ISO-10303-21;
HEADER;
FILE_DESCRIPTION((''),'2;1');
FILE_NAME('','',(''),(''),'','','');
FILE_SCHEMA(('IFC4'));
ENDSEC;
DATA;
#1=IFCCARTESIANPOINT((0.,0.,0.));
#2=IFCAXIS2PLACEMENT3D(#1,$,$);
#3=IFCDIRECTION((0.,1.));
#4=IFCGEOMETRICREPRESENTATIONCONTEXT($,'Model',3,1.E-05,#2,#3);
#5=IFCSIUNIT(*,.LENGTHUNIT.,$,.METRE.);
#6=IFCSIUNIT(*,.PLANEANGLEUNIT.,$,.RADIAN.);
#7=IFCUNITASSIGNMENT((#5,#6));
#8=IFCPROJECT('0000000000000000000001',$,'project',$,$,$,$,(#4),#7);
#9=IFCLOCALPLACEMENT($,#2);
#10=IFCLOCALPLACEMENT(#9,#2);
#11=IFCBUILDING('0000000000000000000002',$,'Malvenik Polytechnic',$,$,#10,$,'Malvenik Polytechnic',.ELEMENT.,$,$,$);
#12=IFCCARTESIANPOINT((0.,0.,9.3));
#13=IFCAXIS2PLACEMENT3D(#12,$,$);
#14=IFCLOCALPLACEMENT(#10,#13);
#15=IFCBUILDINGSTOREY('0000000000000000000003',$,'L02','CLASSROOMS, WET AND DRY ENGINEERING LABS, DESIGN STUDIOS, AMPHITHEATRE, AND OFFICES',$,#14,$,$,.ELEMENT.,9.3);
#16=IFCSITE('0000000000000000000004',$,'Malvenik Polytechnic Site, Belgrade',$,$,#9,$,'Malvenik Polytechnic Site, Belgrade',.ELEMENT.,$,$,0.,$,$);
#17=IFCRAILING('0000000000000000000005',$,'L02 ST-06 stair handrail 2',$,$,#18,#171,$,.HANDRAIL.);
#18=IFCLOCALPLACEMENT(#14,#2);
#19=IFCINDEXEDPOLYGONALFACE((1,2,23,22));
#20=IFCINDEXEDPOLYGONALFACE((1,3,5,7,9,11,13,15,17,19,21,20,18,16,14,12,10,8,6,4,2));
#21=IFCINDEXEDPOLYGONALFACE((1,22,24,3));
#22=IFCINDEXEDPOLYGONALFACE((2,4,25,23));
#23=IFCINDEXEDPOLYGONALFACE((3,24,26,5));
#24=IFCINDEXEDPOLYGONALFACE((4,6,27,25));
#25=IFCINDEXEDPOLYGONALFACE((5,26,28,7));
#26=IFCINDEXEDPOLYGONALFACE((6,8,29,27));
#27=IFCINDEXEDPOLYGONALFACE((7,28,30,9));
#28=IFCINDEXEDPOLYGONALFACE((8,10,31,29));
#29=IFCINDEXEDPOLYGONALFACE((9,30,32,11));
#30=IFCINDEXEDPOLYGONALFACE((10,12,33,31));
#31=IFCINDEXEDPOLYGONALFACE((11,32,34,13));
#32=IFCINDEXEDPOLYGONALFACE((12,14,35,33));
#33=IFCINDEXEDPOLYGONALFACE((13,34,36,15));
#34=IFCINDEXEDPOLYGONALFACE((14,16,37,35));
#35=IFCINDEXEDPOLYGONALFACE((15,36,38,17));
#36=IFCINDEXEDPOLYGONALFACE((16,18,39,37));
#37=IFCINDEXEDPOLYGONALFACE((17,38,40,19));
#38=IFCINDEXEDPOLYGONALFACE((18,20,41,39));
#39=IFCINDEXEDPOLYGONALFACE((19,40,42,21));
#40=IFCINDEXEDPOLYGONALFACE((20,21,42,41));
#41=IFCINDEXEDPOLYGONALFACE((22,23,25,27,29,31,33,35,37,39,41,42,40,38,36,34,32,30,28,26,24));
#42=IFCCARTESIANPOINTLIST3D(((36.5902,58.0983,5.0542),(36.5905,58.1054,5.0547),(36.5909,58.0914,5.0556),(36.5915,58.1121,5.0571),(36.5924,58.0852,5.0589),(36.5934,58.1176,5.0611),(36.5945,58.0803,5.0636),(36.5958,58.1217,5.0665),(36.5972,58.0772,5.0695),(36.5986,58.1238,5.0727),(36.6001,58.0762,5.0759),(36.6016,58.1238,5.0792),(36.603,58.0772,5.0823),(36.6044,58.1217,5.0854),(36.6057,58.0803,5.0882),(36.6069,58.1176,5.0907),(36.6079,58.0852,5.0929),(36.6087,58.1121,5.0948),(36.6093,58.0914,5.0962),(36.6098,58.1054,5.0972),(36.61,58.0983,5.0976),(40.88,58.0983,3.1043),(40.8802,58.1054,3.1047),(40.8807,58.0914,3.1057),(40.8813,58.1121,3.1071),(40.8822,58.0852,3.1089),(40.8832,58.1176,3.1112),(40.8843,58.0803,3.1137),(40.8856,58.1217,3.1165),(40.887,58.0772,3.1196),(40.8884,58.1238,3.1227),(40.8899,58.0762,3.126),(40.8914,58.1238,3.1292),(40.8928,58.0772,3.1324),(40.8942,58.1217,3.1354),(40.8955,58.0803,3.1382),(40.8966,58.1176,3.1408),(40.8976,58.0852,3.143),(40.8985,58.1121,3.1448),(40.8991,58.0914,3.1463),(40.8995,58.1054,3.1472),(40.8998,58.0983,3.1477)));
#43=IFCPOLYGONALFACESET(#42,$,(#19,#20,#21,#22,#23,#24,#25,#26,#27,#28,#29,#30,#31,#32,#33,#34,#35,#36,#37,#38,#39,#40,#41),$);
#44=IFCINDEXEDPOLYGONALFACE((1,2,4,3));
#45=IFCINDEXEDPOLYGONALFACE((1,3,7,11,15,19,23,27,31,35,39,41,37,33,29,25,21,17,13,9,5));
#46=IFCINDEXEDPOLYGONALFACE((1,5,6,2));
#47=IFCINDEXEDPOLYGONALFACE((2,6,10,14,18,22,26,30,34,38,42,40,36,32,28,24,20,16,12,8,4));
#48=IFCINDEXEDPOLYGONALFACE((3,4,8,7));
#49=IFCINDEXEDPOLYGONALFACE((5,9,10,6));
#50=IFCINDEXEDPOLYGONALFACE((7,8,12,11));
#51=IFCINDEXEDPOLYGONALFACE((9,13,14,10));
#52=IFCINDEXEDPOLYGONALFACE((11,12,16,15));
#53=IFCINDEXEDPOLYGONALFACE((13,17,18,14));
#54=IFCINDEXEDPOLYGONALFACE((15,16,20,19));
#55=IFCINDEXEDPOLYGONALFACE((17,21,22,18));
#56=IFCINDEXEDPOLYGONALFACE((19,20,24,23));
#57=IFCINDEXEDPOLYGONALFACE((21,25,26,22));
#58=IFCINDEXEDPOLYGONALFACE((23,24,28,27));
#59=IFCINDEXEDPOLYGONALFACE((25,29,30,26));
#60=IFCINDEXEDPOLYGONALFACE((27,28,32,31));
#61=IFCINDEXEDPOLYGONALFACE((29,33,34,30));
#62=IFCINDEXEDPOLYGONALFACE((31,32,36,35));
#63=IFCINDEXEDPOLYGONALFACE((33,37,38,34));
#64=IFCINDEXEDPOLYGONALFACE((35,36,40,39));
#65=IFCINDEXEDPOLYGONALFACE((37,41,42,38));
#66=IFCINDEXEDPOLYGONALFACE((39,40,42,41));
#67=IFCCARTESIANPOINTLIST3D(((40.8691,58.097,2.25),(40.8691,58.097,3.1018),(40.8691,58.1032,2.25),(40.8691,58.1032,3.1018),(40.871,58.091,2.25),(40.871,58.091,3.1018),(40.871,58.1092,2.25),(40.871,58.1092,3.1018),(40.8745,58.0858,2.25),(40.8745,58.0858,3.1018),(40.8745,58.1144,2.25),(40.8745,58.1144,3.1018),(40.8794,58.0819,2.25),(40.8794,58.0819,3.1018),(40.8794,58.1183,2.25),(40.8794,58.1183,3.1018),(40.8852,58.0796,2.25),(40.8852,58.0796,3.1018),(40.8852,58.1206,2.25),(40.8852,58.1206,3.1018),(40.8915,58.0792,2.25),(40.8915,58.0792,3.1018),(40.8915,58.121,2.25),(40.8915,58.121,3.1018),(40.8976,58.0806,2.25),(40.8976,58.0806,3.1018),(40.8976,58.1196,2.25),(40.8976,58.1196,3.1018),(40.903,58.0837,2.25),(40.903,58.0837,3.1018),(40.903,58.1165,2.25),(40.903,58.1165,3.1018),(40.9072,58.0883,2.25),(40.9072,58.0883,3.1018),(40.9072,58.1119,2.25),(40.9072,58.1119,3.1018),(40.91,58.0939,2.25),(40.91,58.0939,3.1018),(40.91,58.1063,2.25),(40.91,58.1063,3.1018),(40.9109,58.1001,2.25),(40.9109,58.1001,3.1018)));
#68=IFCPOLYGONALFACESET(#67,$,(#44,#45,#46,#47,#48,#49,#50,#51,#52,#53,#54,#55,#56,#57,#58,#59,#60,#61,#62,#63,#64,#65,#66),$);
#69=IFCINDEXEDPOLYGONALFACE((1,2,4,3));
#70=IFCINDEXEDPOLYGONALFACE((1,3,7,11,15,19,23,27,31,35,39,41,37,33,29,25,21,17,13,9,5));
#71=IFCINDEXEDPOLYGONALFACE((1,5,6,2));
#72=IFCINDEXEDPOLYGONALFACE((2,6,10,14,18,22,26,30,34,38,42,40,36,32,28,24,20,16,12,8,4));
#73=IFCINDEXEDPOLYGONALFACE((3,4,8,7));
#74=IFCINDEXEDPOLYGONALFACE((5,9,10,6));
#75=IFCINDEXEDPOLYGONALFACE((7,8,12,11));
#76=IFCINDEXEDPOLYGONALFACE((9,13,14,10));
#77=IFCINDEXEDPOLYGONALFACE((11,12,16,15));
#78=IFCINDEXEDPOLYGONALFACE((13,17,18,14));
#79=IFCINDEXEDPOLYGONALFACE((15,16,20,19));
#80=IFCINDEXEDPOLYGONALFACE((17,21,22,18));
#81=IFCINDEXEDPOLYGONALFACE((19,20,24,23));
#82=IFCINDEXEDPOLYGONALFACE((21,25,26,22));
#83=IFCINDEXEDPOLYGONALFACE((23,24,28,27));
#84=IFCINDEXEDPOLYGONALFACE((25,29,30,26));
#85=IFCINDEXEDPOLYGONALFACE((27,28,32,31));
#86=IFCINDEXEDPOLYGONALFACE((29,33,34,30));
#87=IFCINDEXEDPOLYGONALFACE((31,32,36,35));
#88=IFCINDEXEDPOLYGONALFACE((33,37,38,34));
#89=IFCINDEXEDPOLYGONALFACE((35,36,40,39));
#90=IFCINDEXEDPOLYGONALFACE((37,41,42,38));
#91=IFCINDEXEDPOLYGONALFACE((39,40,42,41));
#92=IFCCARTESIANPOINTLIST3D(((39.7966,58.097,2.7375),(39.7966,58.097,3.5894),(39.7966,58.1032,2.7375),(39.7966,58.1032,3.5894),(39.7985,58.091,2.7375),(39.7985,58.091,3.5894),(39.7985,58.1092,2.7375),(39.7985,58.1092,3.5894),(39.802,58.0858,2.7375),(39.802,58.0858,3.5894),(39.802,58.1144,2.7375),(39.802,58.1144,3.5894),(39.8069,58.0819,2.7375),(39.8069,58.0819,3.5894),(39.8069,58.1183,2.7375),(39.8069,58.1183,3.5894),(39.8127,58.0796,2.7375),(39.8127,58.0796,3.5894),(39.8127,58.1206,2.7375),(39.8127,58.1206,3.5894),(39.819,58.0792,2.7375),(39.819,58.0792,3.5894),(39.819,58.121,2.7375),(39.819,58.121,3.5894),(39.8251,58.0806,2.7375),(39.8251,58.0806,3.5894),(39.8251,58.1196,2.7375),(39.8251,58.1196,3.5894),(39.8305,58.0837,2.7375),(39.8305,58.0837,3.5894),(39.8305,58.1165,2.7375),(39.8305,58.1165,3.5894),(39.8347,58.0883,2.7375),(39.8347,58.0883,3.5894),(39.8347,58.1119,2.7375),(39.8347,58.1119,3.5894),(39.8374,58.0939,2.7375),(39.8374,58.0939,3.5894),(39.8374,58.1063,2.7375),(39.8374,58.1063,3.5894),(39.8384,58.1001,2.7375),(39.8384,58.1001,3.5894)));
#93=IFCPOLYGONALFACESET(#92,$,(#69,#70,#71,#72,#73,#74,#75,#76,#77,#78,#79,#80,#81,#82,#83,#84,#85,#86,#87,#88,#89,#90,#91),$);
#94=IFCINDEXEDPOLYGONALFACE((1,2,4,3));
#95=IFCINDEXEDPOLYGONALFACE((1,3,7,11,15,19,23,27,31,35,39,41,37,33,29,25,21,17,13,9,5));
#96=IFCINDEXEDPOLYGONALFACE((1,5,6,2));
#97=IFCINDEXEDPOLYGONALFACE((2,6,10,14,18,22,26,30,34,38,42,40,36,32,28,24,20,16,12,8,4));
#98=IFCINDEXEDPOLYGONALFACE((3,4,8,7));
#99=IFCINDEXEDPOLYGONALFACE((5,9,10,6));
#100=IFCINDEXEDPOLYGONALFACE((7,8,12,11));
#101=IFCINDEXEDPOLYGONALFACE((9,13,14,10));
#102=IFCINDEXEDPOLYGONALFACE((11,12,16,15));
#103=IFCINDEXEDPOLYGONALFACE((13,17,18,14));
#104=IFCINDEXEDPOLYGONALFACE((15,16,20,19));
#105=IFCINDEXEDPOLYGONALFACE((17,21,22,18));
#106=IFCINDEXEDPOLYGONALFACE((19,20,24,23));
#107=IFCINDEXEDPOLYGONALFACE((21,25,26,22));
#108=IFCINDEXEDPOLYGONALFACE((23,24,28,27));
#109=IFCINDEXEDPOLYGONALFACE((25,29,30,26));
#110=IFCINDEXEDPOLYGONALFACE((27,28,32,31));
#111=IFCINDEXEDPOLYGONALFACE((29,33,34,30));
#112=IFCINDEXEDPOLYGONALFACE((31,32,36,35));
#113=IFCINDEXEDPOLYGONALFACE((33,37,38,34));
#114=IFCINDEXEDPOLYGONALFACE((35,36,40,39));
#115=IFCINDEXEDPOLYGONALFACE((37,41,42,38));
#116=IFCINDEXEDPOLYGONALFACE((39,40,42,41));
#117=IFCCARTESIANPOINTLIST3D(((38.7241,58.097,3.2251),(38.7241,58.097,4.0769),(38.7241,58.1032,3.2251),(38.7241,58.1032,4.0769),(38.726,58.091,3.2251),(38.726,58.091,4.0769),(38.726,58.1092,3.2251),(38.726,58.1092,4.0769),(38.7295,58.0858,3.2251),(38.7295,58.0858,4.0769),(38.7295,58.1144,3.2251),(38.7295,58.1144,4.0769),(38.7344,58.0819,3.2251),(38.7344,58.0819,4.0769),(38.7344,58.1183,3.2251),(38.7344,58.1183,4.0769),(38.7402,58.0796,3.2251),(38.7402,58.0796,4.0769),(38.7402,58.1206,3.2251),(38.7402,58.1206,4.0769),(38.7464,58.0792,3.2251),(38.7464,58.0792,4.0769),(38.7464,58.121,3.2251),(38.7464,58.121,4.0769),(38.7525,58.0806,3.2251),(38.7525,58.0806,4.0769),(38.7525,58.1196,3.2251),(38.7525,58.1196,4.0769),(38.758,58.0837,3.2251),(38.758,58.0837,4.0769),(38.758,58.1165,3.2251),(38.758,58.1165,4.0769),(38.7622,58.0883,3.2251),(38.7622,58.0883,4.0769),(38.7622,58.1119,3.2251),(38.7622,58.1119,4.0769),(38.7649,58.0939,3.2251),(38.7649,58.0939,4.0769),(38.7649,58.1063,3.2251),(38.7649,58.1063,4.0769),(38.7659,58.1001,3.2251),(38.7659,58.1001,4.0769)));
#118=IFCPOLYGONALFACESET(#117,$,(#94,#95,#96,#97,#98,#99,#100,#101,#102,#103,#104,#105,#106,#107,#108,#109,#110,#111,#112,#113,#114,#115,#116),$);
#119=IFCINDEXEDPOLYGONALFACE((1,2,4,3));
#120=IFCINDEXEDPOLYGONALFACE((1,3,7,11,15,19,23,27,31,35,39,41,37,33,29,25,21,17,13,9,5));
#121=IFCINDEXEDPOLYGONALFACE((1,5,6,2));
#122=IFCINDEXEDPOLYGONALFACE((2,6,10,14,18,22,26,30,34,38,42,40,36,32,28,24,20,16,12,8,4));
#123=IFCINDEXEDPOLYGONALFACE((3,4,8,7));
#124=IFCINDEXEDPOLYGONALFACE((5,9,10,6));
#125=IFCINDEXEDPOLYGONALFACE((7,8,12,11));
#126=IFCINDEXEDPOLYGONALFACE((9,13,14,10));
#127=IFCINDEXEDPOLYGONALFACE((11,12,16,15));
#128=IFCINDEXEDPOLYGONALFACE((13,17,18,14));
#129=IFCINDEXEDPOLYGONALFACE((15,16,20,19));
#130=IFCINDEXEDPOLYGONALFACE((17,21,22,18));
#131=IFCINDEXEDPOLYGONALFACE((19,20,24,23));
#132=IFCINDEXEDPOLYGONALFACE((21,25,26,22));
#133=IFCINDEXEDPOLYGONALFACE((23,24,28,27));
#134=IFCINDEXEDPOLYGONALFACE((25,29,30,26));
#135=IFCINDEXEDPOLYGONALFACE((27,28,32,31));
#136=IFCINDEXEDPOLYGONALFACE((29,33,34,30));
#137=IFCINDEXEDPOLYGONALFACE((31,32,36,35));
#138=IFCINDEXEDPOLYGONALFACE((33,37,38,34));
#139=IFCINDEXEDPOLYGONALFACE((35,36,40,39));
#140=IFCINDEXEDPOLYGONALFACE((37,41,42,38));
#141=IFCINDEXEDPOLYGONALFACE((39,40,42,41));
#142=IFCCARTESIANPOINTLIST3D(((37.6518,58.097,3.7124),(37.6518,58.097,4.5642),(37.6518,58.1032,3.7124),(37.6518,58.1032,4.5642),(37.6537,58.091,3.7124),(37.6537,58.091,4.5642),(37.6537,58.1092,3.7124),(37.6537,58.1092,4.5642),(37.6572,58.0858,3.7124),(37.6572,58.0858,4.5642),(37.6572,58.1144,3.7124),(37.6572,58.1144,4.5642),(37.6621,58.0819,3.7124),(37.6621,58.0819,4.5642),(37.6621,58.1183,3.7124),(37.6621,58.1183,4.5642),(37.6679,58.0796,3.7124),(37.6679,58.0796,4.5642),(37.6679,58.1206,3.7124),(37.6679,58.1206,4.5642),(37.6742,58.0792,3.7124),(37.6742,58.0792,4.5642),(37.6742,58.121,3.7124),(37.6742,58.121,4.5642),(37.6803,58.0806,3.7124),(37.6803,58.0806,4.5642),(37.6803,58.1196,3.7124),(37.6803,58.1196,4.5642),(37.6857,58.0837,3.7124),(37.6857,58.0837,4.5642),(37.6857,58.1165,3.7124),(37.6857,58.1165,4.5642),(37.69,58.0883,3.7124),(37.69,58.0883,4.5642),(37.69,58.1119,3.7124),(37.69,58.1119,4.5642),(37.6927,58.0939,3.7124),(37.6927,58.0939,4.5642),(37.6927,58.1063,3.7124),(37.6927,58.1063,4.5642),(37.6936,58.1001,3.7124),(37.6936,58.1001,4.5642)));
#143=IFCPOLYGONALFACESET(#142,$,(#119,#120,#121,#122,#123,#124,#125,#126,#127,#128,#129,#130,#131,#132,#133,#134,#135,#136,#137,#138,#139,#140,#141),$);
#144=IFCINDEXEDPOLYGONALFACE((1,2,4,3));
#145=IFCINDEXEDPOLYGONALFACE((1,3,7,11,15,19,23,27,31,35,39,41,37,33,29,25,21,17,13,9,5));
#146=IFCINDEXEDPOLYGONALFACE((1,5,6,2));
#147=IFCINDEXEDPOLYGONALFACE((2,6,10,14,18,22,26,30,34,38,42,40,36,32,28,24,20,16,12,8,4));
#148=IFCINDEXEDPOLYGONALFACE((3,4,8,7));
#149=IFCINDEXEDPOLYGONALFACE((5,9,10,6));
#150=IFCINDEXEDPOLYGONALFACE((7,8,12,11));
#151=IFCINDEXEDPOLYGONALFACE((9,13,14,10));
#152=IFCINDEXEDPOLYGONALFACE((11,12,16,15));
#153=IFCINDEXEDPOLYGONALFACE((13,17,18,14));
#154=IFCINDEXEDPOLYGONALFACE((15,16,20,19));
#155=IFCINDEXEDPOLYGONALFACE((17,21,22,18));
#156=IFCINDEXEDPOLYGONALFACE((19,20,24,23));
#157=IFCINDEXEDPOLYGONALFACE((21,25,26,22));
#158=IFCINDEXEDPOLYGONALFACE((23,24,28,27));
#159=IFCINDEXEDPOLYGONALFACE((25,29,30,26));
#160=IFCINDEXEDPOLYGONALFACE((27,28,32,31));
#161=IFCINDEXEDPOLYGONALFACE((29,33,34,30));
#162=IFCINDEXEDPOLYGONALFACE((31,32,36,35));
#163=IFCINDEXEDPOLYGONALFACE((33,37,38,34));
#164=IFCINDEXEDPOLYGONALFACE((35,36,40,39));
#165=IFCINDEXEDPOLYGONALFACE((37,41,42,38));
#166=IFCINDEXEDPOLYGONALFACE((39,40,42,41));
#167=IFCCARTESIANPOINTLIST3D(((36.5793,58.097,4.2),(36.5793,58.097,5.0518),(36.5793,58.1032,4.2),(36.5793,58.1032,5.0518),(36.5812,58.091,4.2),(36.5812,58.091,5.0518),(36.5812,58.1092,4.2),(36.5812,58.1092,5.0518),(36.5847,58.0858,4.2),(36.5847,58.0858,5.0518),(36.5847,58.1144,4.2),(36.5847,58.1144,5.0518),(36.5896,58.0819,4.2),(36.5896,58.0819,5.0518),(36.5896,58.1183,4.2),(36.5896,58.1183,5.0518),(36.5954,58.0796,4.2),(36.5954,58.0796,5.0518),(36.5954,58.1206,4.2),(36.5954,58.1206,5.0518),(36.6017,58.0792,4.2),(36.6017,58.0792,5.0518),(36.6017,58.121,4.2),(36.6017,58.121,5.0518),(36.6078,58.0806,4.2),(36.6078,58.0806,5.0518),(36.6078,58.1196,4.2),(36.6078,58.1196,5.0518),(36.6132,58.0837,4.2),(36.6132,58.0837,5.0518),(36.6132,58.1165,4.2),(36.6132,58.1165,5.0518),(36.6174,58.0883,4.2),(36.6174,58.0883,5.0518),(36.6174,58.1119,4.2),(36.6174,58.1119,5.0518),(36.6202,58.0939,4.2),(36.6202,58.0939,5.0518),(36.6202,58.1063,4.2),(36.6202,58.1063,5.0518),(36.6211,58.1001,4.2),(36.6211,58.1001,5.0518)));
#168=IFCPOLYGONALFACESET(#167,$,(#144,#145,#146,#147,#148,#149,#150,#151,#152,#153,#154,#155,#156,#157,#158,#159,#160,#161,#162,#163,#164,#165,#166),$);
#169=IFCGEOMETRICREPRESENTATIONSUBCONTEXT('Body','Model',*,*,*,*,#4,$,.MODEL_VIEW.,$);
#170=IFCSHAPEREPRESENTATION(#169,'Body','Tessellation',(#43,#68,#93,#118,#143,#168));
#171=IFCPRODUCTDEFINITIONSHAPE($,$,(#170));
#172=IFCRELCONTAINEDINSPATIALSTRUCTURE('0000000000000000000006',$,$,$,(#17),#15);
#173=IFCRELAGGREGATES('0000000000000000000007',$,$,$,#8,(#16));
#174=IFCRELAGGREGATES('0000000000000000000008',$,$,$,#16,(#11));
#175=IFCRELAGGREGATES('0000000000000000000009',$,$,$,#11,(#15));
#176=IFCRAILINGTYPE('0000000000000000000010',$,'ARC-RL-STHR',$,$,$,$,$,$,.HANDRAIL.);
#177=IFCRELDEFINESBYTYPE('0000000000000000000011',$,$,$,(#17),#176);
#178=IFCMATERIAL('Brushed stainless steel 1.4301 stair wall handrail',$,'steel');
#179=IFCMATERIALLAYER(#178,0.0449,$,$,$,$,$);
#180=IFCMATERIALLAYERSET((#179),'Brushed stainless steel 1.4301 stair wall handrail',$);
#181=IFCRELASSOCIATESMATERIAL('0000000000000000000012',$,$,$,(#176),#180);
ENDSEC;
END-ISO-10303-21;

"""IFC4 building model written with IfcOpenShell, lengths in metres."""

from ifc_helpers import new_model, si_unit, direction, frame, origin, origin_2d, place, context, subcontext, project, spatial, circle, extrude, material, layer, layer_set, type_object, element, save


model = new_model("IFC4")

# Units and contexts
model_context = context("Model", 3, precision=1e-05, world=origin(), true_north=direction((0.0, 1.0)))
body_context = subcontext(model_context, "Body", "Model", "MODEL_VIEW")
ifc_project = project(units=[si_unit("LENGTHUNIT", "METRE"), si_unit("PLANEANGLEUNIT", "RADIAN")], contexts=[model_context])

# Site, building, storey
site_placement = place(None, origin())
site = spatial("IfcSite", under=ifc_project, at=site_placement, Name="Malvenik Polytechnic Site, Belgrade", LongName="Malvenik Polytechnic Site, Belgrade", CompositionType="ELEMENT", RefElevation=0.0)
building_placement = place(site_placement, origin())
building = spatial("IfcBuilding", under=site, at=building_placement, Name="Malvenik Polytechnic", LongName="Malvenik Polytechnic", CompositionType="ELEMENT")
storey_placement = place(building_placement, frame((0.0, 0.0, 9.3)))
storey = spatial("IfcBuildingStorey", under=building, at=storey_placement, Name="L02", Description="CLASSROOMS, WET AND DRY ENGINEERING LABS, DESIGN STUDIOS, AMPHITHEATRE, AND OFFICES", CompositionType="ELEMENT", Elevation=9.3)

# Railing
ifc_material_1 = material(Name="Brushed stainless steel 1.4301 stair wall handrail", Category="steel")
ifc_layer_1 = layer(ifc_material_1, 0.0449)
ifc_layer_set_1 = layer_set([ifc_layer_1], Name="Brushed stainless steel 1.4301 stair wall handrail")
railing_type_1 = type_object("IfcRailingType", Name="ARC-RL-STHR", PredefinedType="HANDRAIL", material=ifc_layer_set_1)
railing_1_placement = place(storey_placement, frame((40.8899, 58.1001, 2.25)))
element("IfcRailing", 1, at=railing_1_placement, inside=storey, type_object=railing_type_1, Name="L02 ST-06 stair handrail 2", PredefinedType="HANDRAIL", context=body_context, shape_type="SweptSolid", body=[
    extrude(circle(Radius=0.0239, at=origin_2d()), frame((0.0, 0.0, 0.876), z_axis=(-0.910363, 0.0, 0.413811), x_axis=(0.0, -1.0, 0.0)), (0.0, 0.0, 1.0), 4.7122),
    extrude(circle(Radius=0.021, at=origin_2d()), origin(), (0.0, 0.0, 1.0), 0.8518),
    extrude(circle(Radius=0.021, at=origin_2d()), frame((-1.0725, 0.0, 0.4875)), (0.0, 0.0, 1.0), 0.8518),
    extrude(circle(Radius=0.021, at=origin_2d()), frame((-2.145, 0.0, 0.9751)), (0.0, 0.0, 1.0), 0.8518),
    extrude(circle(Radius=0.021, at=origin_2d()), frame((-3.2173, 0.0, 1.4624)), (0.0, 0.0, 1.0), 0.8518),
    extrude(circle(Radius=0.021, at=origin_2d()), frame((-4.2898, 0.0, 1.95)), (0.0, 0.0, 1.0), 0.8518),
])

save(model, "model.ifc")
